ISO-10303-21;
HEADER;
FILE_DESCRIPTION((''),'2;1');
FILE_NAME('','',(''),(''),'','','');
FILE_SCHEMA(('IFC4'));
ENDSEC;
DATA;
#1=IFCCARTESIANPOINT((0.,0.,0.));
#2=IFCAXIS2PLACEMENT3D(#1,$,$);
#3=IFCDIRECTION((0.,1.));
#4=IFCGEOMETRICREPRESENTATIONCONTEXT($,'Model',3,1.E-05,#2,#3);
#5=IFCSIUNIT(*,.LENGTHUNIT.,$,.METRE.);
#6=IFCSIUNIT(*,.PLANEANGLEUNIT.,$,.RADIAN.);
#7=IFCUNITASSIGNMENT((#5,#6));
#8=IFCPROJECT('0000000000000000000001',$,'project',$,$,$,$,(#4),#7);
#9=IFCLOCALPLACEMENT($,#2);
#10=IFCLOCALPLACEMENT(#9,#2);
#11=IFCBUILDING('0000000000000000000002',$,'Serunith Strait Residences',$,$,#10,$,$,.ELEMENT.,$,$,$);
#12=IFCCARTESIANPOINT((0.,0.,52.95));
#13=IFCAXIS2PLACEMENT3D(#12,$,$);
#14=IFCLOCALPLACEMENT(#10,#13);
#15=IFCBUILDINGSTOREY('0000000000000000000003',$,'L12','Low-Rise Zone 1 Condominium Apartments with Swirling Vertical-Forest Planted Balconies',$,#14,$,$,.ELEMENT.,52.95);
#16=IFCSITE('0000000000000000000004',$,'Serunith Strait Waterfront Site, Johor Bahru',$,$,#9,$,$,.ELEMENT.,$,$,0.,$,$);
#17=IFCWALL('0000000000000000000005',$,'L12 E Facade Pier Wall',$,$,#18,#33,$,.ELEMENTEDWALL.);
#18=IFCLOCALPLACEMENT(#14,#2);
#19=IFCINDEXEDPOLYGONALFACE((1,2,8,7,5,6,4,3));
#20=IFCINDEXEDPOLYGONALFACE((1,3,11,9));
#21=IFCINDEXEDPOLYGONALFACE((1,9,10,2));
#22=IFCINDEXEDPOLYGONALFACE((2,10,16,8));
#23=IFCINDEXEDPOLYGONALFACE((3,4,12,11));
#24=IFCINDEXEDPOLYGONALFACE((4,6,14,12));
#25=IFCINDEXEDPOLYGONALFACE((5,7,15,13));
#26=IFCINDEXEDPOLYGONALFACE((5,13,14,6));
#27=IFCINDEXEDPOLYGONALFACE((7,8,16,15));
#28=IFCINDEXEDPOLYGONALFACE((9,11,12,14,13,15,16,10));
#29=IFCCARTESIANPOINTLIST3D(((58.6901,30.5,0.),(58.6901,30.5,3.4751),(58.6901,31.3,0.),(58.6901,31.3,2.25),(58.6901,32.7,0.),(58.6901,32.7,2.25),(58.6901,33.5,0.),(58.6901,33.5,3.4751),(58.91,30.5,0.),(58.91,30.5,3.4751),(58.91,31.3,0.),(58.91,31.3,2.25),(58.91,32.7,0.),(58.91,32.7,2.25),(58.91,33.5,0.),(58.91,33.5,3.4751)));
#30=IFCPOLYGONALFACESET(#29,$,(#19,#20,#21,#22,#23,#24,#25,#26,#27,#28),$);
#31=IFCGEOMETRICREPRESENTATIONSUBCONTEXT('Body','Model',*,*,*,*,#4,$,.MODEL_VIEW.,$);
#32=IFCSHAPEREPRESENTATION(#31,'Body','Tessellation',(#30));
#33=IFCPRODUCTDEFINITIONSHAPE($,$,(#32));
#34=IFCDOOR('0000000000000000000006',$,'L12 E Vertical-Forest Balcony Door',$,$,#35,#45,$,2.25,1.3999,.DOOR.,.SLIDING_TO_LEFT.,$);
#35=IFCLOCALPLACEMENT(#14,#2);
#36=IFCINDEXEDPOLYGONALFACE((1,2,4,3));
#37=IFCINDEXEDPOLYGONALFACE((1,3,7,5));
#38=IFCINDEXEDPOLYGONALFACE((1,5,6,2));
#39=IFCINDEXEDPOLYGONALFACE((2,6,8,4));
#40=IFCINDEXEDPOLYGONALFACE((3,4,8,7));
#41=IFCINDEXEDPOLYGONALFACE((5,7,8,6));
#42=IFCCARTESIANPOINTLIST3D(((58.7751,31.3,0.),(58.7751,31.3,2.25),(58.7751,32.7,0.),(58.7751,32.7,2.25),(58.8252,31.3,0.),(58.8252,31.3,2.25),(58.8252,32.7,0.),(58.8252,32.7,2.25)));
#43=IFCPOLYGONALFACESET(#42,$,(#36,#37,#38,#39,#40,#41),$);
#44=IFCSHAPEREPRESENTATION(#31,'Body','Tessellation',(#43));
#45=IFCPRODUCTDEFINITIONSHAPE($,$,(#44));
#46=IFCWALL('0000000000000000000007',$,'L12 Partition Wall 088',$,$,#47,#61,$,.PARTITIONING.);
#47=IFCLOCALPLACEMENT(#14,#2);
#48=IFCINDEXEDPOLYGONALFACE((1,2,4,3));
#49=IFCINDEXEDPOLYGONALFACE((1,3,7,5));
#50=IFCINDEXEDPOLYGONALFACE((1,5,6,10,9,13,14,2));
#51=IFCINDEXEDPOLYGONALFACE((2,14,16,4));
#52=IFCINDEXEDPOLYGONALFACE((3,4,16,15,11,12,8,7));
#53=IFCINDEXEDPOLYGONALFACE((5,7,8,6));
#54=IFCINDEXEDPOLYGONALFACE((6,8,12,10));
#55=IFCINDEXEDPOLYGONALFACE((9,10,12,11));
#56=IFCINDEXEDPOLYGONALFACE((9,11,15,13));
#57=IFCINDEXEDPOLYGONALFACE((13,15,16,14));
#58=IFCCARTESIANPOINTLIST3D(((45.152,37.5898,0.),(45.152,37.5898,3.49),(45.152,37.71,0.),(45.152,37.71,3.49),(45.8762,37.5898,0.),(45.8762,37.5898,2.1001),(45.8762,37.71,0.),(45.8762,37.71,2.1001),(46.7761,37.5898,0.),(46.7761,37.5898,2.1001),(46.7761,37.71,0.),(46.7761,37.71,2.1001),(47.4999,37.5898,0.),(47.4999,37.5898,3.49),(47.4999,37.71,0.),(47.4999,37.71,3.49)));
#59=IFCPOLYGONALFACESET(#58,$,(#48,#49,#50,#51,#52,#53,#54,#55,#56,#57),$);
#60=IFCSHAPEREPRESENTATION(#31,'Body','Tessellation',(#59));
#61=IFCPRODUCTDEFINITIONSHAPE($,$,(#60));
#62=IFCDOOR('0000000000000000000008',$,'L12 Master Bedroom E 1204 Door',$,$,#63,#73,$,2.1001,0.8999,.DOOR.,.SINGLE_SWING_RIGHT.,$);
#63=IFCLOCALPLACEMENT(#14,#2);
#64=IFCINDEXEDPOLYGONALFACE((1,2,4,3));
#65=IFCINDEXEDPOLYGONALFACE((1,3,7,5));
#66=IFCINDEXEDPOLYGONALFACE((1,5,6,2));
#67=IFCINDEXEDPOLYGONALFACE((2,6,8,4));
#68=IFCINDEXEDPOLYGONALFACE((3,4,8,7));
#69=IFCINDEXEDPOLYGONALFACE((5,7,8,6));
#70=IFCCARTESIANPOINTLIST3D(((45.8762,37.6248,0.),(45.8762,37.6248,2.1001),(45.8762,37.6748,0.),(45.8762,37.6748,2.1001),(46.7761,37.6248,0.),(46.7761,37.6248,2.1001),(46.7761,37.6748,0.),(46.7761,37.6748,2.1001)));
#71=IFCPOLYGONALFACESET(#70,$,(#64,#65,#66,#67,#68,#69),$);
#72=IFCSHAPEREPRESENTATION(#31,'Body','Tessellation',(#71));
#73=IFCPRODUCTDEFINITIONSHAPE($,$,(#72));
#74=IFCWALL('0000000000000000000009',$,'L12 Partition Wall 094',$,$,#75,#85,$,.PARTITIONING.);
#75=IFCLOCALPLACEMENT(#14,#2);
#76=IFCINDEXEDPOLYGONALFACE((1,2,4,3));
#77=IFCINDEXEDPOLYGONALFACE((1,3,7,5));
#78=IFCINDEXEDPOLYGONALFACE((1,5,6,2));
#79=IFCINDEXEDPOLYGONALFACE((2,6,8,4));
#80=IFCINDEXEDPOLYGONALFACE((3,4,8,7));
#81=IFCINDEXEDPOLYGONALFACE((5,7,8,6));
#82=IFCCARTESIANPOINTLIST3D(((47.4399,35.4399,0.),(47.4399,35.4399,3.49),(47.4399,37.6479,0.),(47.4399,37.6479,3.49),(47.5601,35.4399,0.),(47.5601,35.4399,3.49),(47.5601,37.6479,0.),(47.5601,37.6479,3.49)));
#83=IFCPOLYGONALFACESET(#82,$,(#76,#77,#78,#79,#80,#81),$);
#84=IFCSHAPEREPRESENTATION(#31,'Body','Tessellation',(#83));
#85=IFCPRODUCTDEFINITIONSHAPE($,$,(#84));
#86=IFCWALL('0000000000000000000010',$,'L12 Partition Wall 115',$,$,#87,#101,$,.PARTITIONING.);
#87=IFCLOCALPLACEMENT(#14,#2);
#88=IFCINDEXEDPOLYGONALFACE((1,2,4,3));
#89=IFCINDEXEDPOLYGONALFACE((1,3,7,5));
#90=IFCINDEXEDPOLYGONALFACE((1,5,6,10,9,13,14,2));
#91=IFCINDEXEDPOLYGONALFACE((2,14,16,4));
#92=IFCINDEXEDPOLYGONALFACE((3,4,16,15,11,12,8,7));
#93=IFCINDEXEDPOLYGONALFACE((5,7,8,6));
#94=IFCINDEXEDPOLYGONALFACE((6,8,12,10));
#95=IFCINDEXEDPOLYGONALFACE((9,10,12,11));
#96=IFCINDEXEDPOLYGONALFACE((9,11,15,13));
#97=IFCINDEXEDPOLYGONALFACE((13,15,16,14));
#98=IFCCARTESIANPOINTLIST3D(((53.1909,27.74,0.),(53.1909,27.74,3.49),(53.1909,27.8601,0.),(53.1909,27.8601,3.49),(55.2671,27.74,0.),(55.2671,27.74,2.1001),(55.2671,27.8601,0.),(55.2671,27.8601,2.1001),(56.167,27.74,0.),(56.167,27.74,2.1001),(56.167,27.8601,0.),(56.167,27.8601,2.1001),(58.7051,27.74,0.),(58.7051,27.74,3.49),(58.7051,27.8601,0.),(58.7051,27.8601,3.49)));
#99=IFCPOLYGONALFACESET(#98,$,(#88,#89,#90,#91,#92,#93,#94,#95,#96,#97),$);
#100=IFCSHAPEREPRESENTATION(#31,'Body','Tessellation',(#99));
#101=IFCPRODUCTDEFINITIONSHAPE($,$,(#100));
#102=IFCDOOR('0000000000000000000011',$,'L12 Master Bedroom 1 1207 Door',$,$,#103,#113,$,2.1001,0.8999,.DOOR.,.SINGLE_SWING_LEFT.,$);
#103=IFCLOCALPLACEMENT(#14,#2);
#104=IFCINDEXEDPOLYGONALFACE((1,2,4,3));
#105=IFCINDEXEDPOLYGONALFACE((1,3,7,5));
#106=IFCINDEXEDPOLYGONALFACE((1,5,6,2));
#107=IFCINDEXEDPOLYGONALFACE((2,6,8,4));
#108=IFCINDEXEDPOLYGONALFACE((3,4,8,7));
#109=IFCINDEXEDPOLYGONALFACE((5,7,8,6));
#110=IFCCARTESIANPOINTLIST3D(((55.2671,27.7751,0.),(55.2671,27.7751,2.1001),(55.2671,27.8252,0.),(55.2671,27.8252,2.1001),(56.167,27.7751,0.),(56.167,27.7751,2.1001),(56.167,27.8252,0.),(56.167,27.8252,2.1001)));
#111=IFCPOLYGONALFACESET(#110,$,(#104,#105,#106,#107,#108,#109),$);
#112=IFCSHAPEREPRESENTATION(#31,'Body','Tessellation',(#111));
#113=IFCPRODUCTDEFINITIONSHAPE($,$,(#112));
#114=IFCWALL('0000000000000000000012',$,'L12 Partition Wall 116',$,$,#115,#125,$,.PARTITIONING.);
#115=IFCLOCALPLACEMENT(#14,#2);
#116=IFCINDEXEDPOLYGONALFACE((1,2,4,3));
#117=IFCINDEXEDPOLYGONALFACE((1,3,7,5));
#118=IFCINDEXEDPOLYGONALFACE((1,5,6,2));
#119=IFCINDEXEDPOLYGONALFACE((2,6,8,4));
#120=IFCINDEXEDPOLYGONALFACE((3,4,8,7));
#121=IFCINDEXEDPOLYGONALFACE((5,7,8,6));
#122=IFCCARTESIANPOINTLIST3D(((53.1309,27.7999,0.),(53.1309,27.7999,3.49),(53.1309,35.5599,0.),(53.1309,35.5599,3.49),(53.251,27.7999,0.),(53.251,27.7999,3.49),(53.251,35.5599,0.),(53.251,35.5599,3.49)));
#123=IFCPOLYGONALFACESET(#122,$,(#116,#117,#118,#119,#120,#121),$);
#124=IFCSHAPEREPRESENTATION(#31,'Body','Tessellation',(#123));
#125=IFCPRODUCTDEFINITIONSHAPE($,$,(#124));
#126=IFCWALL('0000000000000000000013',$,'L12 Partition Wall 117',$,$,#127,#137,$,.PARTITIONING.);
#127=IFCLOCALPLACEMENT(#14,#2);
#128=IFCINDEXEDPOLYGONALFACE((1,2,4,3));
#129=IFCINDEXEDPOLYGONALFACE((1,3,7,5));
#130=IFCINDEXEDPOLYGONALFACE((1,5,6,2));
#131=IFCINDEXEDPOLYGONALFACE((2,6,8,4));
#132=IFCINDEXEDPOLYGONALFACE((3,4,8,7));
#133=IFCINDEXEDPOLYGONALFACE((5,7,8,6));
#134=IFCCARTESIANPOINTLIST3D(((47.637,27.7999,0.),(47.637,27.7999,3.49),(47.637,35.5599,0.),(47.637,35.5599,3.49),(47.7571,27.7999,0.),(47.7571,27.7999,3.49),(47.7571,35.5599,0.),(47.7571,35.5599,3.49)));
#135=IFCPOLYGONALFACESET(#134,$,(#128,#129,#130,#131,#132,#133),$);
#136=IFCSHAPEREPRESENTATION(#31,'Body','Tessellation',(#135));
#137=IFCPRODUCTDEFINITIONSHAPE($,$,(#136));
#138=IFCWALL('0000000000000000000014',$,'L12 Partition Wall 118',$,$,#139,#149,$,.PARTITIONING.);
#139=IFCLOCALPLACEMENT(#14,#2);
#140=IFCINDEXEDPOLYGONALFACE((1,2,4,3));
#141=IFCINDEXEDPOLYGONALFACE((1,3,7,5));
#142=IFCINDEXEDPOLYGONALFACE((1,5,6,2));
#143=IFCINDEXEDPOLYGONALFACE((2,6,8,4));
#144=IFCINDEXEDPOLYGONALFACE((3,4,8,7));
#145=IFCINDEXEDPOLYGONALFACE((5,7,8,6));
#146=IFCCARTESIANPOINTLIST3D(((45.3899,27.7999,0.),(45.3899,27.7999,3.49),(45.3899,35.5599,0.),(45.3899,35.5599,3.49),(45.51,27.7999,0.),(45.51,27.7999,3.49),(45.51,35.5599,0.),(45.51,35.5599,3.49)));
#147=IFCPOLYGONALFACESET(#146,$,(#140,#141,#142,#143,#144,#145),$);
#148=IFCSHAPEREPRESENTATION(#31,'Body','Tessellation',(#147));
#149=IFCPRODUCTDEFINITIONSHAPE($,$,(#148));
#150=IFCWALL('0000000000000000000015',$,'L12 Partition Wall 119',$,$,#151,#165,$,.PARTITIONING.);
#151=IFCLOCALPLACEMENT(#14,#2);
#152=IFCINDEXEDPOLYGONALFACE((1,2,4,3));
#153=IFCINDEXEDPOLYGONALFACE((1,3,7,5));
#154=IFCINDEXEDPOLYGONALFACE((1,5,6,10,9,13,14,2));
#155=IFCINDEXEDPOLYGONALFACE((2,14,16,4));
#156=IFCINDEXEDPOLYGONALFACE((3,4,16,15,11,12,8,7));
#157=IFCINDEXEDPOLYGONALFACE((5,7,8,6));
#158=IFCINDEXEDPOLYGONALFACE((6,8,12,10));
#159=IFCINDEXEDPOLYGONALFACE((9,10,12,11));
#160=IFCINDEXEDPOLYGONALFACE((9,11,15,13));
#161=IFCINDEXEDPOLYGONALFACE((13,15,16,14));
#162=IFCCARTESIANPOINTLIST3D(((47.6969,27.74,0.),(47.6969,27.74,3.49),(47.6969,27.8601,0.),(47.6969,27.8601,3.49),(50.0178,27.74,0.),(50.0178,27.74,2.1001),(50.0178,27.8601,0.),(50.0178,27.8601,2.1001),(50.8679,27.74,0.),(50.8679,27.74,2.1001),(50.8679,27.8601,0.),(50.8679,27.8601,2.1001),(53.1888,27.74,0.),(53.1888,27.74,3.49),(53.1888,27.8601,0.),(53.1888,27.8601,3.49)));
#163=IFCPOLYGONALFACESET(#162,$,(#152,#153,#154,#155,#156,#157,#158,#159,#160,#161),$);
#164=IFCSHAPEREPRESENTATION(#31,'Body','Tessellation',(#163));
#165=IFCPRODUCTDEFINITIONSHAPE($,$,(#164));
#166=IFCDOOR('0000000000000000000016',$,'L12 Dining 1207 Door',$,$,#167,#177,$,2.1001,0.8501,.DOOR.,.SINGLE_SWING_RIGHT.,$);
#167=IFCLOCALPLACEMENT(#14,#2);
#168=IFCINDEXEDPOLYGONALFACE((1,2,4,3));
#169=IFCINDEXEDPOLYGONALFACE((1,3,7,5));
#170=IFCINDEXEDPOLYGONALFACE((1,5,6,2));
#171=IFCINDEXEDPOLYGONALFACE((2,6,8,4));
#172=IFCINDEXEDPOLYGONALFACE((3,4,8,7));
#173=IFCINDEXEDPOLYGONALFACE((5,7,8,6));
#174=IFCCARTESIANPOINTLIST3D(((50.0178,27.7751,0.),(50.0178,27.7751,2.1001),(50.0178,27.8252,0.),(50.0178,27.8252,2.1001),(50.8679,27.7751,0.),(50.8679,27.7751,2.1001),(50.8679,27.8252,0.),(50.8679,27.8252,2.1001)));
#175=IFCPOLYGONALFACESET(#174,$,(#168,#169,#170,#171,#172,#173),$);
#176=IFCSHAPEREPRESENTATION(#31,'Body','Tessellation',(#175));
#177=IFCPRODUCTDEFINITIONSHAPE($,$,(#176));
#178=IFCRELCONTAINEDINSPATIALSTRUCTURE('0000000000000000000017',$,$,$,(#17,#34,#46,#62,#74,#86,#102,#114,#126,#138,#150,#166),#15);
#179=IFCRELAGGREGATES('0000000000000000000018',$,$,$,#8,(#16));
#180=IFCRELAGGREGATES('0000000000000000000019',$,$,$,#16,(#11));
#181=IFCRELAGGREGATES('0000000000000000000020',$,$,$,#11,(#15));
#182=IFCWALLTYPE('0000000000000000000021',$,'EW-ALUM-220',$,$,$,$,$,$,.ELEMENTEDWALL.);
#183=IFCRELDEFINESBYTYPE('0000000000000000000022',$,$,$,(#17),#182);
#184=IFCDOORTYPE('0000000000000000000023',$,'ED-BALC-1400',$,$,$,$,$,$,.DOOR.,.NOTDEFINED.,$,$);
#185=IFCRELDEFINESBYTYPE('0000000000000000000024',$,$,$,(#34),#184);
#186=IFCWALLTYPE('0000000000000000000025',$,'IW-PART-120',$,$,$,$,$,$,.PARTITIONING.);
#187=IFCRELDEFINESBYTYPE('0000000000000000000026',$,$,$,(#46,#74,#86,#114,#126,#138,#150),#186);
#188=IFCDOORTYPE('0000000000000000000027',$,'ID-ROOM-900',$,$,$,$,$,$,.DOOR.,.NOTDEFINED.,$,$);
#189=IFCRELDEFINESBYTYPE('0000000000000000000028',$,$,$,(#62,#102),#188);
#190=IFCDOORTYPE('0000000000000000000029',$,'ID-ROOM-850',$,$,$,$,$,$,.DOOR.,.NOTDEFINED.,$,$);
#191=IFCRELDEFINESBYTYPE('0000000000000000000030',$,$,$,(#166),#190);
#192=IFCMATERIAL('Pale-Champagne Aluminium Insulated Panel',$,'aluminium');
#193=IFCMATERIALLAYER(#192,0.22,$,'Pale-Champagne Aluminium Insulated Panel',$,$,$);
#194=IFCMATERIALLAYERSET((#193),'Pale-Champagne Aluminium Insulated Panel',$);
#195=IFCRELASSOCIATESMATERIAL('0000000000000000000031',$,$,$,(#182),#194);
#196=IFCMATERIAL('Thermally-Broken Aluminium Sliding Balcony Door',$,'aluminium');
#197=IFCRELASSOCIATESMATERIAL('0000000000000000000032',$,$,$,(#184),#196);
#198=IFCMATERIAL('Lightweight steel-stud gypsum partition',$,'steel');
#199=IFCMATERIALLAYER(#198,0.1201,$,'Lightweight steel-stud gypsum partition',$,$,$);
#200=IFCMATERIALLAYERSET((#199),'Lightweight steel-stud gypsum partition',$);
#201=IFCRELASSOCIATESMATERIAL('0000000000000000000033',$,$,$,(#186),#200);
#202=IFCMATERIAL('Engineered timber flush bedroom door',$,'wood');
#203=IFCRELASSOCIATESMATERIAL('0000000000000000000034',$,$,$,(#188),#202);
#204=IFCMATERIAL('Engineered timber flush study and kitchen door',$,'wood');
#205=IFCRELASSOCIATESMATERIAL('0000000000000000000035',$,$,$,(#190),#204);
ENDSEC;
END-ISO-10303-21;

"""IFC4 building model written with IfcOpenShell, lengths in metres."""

from ifc_helpers import new_model, si_unit, direction, frame, frame_2d, origin, place, context, subcontext, project, spatial, rectangle, extrude, source, transform, mapped, material, layer, layer_set, type_object, element, fill, save


model = new_model("IFC4")

# Units and contexts
model_context = context("Model", 3, precision=1e-05, world=origin(), true_north=direction((0.0, 1.0)))
body_context = subcontext(model_context, "Body", "Model", "MODEL_VIEW")
ifc_project = project(units=[si_unit("LENGTHUNIT", "METRE"), si_unit("PLANEANGLEUNIT", "RADIAN")], contexts=[model_context])

# Site, building, storey
site_placement = place(None, origin())
site = spatial("IfcSite", under=ifc_project, at=site_placement, Name="Serunith Strait Waterfront Site, Johor Bahru", CompositionType="ELEMENT", RefElevation=0.0)
building_placement = place(site_placement, origin())
building = spatial("IfcBuilding", under=site, at=building_placement, Name="Serunith Strait Residences", CompositionType="ELEMENT")
storey_placement = place(building_placement, frame((0.0, 0.0, 52.95)))
storey = spatial("IfcBuildingStorey", under=building, at=storey_placement, Name="L12", Description="Low-Rise Zone 1 Condominium Apartments with Swirling Vertical-Forest Planted Balconies", CompositionType="ELEMENT", Elevation=52.95)

# Walls, openings, doors
ifc_material_1 = material(Name="Pale-Champagne Aluminium Insulated Panel", Category="aluminium")
ifc_layer_1 = layer(ifc_material_1, 0.22, Name="Pale-Champagne Aluminium Insulated Panel")
ifc_layer_set_1 = layer_set([ifc_layer_1], Name="Pale-Champagne Aluminium Insulated Panel")
wall_type_1 = type_object("IfcWallType", Name="EW-ALUM-220", PredefinedType="ELEMENTEDWALL", material=ifc_layer_set_1)
wall_1_placement = place(storey_placement, frame((58.8, 30.5, 0.0), z_axis=(0.0, 0.0, 1.0), x_axis=(0.0, 1.0, 0.0)))
wall_1 = element("IfcWall", 1, at=wall_1_placement, inside=storey, type_object=wall_type_1, Name="L12 E Facade Pier Wall", PredefinedType="ELEMENTEDWALL", context=body_context, shape_type="SweptSolid", body=[
    extrude(rectangle(XDim=3.0, YDim=0.22, at=frame_2d((1.5, 0.0))), origin(), (0.0, 0.0, 1.0), 3.4751),
])
opening_1_placement = place(wall_1_placement, frame((0.8, 0.0, 0.0)))
opening_1 = element("IfcOpeningElement", 2, at=opening_1_placement, cuts=wall_1, PredefinedType="OPENING", context=body_context, shape_type="SweptSolid", body=[
    extrude(rectangle(XDim=1.3999, YDim=2.25, at=frame_2d((0.7, 1.125))), frame((0.0, 0.1201, 0.0), z_axis=(0.0, -1.0, 0.0), x_axis=(1.0, 0.0, 0.0)), (0.0, 0.0, 1.0), 0.24),
])
ifc_material_2 = material(Name="Thermally-Broken Aluminium Sliding Balcony Door", Category="aluminium")
door_type_1 = type_object("IfcDoorType", Name="ED-BALC-1400", OperationType="NOTDEFINED", PredefinedType="DOOR", material=ifc_material_2)
shared_shape_1 = source(origin(), body_context, "Body", "SweptSolid", [
    extrude(rectangle(XDim=1.3999, YDim=2.25, at=frame_2d((0.7, 1.125))), frame((0.0, 0.0249, 0.0), z_axis=(0.0, -1.0, 0.0), x_axis=(1.0, 0.0, 0.0)), (0.0, 0.0, 1.0), 0.05),
])
door_1_placement = place(opening_1_placement, origin())
door_1 = element("IfcDoor", 3, at=door_1_placement, inside=storey, type_object=door_type_1, Name="L12 E Vertical-Forest Balcony Door", OperationType="SLIDING_TO_LEFT", OverallHeight=2.25, OverallWidth=1.3999, PredefinedType="DOOR", context=body_context, shape_type="MappedRepresentation", body=[
    mapped(shared_shape_1, transform((0.0, 0.0, 0.0), scale=1.0)),
])
fill(opening_1, door_1)
ifc_material_3 = material(Name="Lightweight steel-stud gypsum partition", Category="steel")
ifc_layer_2 = layer(ifc_material_3, 0.1201, Name="Lightweight steel-stud gypsum partition")
ifc_layer_set_2 = layer_set([ifc_layer_2], Name="Lightweight steel-stud gypsum partition")
wall_type_2 = type_object("IfcWallType", Name="IW-PART-120", PredefinedType="PARTITIONING", material=ifc_layer_set_2)
wall_2_placement = place(storey_placement, frame((45.1521, 37.6499, 0.0), z_axis=(0.0, 0.0, 1.0), x_axis=(1.0, 0.0, 0.0)))
wall_2 = element("IfcWall", 4, at=wall_2_placement, inside=storey, type_object=wall_type_2, Name="L12 Partition Wall 088", PredefinedType="PARTITIONING", context=body_context, shape_type="SweptSolid", body=[
    extrude(rectangle(XDim=2.3479, YDim=0.1201, at=frame_2d((1.1738, 0.0))), origin(), (0.0, 0.0, 1.0), 3.49),
])
opening_2_placement = place(wall_2_placement, frame((0.7241, 0.0, 0.0)))
opening_2 = element("IfcOpeningElement", 5, at=opening_2_placement, cuts=wall_2, PredefinedType="OPENING", context=body_context, shape_type="SweptSolid", body=[
    extrude(rectangle(XDim=0.8999, YDim=2.1001, at=frame_2d((0.45, 1.05))), frame((0.0, 0.0701, 0.0), z_axis=(0.0, -1.0, 0.0), x_axis=(1.0, 0.0, 0.0)), (0.0, 0.0, 1.0), 0.1401),
])
ifc_material_4 = material(Name="Engineered timber flush bedroom door", Category="wood")
door_type_2 = type_object("IfcDoorType", Name="ID-ROOM-900", OperationType="NOTDEFINED", PredefinedType="DOOR", material=ifc_material_4)
shared_shape_2 = source(origin(), body_context, "Body", "SweptSolid", [
    extrude(rectangle(XDim=0.8999, YDim=2.1001, at=frame_2d((0.45, 1.05))), frame((0.0, 0.0249, 0.0), z_axis=(0.0, -1.0, 0.0), x_axis=(1.0, 0.0, 0.0)), (0.0, 0.0, 1.0), 0.05),
])
door_2_placement = place(opening_2_placement, origin())
door_2 = element("IfcDoor", 6, at=door_2_placement, inside=storey, type_object=door_type_2, Name="L12 Master Bedroom E 1204 Door", OperationType="SINGLE_SWING_RIGHT", OverallHeight=2.1001, OverallWidth=0.8999, PredefinedType="DOOR", context=body_context, shape_type="MappedRepresentation", body=[
    mapped(shared_shape_2, transform((0.0, 0.0, 0.0), scale=1.0)),
])
fill(opening_2, door_2)

# Wall
wall_3_placement = place(storey_placement, frame((47.5, 37.6479, 0.0), z_axis=(0.0, 0.0, 1.0), x_axis=(0.0, -1.0, 0.0)))
element("IfcWall", 7, at=wall_3_placement, inside=storey, type_object=wall_type_2, Name="L12 Partition Wall 094", PredefinedType="PARTITIONING", context=body_context, shape_type="SweptSolid", body=[
    extrude(rectangle(XDim=2.208, YDim=0.1201, at=frame_2d((1.104, 0.0))), origin(), (0.0, 0.0, 1.0), 3.49),
])

# Wall, opening, door
wall_4_placement = place(storey_placement, frame((58.7051, 27.8, 0.0), z_axis=(0.0, 0.0, 1.0), x_axis=(-1.0, 0.0, 0.0)))
wall_4 = element("IfcWall", 8, at=wall_4_placement, inside=storey, type_object=wall_type_2, Name="L12 Partition Wall 115", PredefinedType="PARTITIONING", context=body_context, shape_type="SweptSolid", body=[
    extrude(rectangle(XDim=5.5142, YDim=0.1201, at=frame_2d((2.7571, 0.0))), origin(), (0.0, 0.0, 1.0), 3.49),
])
opening_3_placement = place(wall_4_placement, frame((2.5381, 0.0, 0.0)))
opening_3 = element("IfcOpeningElement", 9, at=opening_3_placement, cuts=wall_4, PredefinedType="OPENING", context=body_context, shape_type="SweptSolid", body=[
    extrude(rectangle(XDim=0.8999, YDim=2.1001, at=frame_2d((0.45, 1.05))), frame((0.0, 0.0701, 0.0), z_axis=(0.0, -1.0, 0.0), x_axis=(1.0, 0.0, 0.0)), (0.0, 0.0, 1.0), 0.1401),
])
door_3_placement = place(opening_3_placement, origin())
door_3 = element("IfcDoor", 10, at=door_3_placement, inside=storey, type_object=door_type_2, Name="L12 Master Bedroom 1 1207 Door", OperationType="SINGLE_SWING_LEFT", OverallHeight=2.1001, OverallWidth=0.8999, PredefinedType="DOOR", context=body_context, shape_type="MappedRepresentation", body=[
    mapped(shared_shape_2, transform((0.0, 0.0, 0.0), scale=1.0)),
])
fill(opening_3, door_3)

# Walls
for number, where, z_axis, x_axis, name in (
    (11, (53.1909, 27.8, 0.0), (0.0, 0.0, 1.0), (0.0, 1.0, 0.0), "L12 Partition Wall 116"),
    (12, (47.697, 27.8, 0.0), (0.0, 0.0, 1.0), (0.0, 1.0, 0.0), "L12 Partition Wall 117"),
    (13, (45.45, 27.8, 0.0), (0.0, 0.0, 1.0), (0.0, 1.0, 0.0), "L12 Partition Wall 118"),
):
    element("IfcWall", number, at=place(storey_placement, frame(where, z_axis=z_axis, x_axis=x_axis)), inside=storey, type_object=wall_type_2, Name=name, PredefinedType="PARTITIONING", context=body_context, shape_type="SweptSolid", body=[
        extrude(rectangle(XDim=7.76, YDim=0.1201, at=frame_2d((3.8799, 0.0))), origin(), (0.0, 0.0, 1.0), 3.49),
    ])

# Wall, opening, door
wall_5_placement = place(storey_placement, frame((53.189, 27.8, 0.0), z_axis=(0.0, 0.0, 1.0), x_axis=(-1.0, 0.0, 0.0)))
wall_5 = element("IfcWall", 14, at=wall_5_placement, inside=storey, type_object=wall_type_2, Name="L12 Partition Wall 119", PredefinedType="PARTITIONING", context=body_context, shape_type="SweptSolid", body=[
    extrude(rectangle(XDim=5.4919, YDim=0.1201, at=frame_2d((2.7461, 0.0))), origin(), (0.0, 0.0, 1.0), 3.49),
])
opening_4_placement = place(wall_5_placement, frame((2.321, 0.0, 0.0)))
opening_4 = element("IfcOpeningElement", 15, at=opening_4_placement, cuts=wall_5, PredefinedType="OPENING", context=body_context, shape_type="SweptSolid", body=[
    extrude(rectangle(XDim=0.8501, YDim=2.1001, at=frame_2d((0.425, 1.05))), frame((0.0, 0.0701, 0.0), z_axis=(0.0, -1.0, 0.0), x_axis=(1.0, 0.0, 0.0)), (0.0, 0.0, 1.0), 0.1401),
])
ifc_material_5 = material(Name="Engineered timber flush study and kitchen door", Category="wood")
door_type_3 = type_object("IfcDoorType", Name="ID-ROOM-850", OperationType="NOTDEFINED", PredefinedType="DOOR", material=ifc_material_5)
shared_shape_3 = source(origin(), body_context, "Body", "SweptSolid", [
    extrude(rectangle(XDim=0.8501, YDim=2.1001, at=frame_2d((0.425, 1.05))), frame((0.0, 0.0249, 0.0), z_axis=(0.0, -1.0, 0.0), x_axis=(1.0, 0.0, 0.0)), (0.0, 0.0, 1.0), 0.05),
])
door_4_placement = place(opening_4_placement, origin())
door_4 = element("IfcDoor", 16, at=door_4_placement, inside=storey, type_object=door_type_3, Name="L12 Dining 1207 Door", OperationType="SINGLE_SWING_RIGHT", OverallHeight=2.1001, OverallWidth=0.8501, PredefinedType="DOOR", context=body_context, shape_type="MappedRepresentation", body=[
    mapped(shared_shape_3, transform((0.0, 0.0, 0.0), scale=1.0)),
])
fill(opening_4, door_4)

save(model, "model.ifc")
